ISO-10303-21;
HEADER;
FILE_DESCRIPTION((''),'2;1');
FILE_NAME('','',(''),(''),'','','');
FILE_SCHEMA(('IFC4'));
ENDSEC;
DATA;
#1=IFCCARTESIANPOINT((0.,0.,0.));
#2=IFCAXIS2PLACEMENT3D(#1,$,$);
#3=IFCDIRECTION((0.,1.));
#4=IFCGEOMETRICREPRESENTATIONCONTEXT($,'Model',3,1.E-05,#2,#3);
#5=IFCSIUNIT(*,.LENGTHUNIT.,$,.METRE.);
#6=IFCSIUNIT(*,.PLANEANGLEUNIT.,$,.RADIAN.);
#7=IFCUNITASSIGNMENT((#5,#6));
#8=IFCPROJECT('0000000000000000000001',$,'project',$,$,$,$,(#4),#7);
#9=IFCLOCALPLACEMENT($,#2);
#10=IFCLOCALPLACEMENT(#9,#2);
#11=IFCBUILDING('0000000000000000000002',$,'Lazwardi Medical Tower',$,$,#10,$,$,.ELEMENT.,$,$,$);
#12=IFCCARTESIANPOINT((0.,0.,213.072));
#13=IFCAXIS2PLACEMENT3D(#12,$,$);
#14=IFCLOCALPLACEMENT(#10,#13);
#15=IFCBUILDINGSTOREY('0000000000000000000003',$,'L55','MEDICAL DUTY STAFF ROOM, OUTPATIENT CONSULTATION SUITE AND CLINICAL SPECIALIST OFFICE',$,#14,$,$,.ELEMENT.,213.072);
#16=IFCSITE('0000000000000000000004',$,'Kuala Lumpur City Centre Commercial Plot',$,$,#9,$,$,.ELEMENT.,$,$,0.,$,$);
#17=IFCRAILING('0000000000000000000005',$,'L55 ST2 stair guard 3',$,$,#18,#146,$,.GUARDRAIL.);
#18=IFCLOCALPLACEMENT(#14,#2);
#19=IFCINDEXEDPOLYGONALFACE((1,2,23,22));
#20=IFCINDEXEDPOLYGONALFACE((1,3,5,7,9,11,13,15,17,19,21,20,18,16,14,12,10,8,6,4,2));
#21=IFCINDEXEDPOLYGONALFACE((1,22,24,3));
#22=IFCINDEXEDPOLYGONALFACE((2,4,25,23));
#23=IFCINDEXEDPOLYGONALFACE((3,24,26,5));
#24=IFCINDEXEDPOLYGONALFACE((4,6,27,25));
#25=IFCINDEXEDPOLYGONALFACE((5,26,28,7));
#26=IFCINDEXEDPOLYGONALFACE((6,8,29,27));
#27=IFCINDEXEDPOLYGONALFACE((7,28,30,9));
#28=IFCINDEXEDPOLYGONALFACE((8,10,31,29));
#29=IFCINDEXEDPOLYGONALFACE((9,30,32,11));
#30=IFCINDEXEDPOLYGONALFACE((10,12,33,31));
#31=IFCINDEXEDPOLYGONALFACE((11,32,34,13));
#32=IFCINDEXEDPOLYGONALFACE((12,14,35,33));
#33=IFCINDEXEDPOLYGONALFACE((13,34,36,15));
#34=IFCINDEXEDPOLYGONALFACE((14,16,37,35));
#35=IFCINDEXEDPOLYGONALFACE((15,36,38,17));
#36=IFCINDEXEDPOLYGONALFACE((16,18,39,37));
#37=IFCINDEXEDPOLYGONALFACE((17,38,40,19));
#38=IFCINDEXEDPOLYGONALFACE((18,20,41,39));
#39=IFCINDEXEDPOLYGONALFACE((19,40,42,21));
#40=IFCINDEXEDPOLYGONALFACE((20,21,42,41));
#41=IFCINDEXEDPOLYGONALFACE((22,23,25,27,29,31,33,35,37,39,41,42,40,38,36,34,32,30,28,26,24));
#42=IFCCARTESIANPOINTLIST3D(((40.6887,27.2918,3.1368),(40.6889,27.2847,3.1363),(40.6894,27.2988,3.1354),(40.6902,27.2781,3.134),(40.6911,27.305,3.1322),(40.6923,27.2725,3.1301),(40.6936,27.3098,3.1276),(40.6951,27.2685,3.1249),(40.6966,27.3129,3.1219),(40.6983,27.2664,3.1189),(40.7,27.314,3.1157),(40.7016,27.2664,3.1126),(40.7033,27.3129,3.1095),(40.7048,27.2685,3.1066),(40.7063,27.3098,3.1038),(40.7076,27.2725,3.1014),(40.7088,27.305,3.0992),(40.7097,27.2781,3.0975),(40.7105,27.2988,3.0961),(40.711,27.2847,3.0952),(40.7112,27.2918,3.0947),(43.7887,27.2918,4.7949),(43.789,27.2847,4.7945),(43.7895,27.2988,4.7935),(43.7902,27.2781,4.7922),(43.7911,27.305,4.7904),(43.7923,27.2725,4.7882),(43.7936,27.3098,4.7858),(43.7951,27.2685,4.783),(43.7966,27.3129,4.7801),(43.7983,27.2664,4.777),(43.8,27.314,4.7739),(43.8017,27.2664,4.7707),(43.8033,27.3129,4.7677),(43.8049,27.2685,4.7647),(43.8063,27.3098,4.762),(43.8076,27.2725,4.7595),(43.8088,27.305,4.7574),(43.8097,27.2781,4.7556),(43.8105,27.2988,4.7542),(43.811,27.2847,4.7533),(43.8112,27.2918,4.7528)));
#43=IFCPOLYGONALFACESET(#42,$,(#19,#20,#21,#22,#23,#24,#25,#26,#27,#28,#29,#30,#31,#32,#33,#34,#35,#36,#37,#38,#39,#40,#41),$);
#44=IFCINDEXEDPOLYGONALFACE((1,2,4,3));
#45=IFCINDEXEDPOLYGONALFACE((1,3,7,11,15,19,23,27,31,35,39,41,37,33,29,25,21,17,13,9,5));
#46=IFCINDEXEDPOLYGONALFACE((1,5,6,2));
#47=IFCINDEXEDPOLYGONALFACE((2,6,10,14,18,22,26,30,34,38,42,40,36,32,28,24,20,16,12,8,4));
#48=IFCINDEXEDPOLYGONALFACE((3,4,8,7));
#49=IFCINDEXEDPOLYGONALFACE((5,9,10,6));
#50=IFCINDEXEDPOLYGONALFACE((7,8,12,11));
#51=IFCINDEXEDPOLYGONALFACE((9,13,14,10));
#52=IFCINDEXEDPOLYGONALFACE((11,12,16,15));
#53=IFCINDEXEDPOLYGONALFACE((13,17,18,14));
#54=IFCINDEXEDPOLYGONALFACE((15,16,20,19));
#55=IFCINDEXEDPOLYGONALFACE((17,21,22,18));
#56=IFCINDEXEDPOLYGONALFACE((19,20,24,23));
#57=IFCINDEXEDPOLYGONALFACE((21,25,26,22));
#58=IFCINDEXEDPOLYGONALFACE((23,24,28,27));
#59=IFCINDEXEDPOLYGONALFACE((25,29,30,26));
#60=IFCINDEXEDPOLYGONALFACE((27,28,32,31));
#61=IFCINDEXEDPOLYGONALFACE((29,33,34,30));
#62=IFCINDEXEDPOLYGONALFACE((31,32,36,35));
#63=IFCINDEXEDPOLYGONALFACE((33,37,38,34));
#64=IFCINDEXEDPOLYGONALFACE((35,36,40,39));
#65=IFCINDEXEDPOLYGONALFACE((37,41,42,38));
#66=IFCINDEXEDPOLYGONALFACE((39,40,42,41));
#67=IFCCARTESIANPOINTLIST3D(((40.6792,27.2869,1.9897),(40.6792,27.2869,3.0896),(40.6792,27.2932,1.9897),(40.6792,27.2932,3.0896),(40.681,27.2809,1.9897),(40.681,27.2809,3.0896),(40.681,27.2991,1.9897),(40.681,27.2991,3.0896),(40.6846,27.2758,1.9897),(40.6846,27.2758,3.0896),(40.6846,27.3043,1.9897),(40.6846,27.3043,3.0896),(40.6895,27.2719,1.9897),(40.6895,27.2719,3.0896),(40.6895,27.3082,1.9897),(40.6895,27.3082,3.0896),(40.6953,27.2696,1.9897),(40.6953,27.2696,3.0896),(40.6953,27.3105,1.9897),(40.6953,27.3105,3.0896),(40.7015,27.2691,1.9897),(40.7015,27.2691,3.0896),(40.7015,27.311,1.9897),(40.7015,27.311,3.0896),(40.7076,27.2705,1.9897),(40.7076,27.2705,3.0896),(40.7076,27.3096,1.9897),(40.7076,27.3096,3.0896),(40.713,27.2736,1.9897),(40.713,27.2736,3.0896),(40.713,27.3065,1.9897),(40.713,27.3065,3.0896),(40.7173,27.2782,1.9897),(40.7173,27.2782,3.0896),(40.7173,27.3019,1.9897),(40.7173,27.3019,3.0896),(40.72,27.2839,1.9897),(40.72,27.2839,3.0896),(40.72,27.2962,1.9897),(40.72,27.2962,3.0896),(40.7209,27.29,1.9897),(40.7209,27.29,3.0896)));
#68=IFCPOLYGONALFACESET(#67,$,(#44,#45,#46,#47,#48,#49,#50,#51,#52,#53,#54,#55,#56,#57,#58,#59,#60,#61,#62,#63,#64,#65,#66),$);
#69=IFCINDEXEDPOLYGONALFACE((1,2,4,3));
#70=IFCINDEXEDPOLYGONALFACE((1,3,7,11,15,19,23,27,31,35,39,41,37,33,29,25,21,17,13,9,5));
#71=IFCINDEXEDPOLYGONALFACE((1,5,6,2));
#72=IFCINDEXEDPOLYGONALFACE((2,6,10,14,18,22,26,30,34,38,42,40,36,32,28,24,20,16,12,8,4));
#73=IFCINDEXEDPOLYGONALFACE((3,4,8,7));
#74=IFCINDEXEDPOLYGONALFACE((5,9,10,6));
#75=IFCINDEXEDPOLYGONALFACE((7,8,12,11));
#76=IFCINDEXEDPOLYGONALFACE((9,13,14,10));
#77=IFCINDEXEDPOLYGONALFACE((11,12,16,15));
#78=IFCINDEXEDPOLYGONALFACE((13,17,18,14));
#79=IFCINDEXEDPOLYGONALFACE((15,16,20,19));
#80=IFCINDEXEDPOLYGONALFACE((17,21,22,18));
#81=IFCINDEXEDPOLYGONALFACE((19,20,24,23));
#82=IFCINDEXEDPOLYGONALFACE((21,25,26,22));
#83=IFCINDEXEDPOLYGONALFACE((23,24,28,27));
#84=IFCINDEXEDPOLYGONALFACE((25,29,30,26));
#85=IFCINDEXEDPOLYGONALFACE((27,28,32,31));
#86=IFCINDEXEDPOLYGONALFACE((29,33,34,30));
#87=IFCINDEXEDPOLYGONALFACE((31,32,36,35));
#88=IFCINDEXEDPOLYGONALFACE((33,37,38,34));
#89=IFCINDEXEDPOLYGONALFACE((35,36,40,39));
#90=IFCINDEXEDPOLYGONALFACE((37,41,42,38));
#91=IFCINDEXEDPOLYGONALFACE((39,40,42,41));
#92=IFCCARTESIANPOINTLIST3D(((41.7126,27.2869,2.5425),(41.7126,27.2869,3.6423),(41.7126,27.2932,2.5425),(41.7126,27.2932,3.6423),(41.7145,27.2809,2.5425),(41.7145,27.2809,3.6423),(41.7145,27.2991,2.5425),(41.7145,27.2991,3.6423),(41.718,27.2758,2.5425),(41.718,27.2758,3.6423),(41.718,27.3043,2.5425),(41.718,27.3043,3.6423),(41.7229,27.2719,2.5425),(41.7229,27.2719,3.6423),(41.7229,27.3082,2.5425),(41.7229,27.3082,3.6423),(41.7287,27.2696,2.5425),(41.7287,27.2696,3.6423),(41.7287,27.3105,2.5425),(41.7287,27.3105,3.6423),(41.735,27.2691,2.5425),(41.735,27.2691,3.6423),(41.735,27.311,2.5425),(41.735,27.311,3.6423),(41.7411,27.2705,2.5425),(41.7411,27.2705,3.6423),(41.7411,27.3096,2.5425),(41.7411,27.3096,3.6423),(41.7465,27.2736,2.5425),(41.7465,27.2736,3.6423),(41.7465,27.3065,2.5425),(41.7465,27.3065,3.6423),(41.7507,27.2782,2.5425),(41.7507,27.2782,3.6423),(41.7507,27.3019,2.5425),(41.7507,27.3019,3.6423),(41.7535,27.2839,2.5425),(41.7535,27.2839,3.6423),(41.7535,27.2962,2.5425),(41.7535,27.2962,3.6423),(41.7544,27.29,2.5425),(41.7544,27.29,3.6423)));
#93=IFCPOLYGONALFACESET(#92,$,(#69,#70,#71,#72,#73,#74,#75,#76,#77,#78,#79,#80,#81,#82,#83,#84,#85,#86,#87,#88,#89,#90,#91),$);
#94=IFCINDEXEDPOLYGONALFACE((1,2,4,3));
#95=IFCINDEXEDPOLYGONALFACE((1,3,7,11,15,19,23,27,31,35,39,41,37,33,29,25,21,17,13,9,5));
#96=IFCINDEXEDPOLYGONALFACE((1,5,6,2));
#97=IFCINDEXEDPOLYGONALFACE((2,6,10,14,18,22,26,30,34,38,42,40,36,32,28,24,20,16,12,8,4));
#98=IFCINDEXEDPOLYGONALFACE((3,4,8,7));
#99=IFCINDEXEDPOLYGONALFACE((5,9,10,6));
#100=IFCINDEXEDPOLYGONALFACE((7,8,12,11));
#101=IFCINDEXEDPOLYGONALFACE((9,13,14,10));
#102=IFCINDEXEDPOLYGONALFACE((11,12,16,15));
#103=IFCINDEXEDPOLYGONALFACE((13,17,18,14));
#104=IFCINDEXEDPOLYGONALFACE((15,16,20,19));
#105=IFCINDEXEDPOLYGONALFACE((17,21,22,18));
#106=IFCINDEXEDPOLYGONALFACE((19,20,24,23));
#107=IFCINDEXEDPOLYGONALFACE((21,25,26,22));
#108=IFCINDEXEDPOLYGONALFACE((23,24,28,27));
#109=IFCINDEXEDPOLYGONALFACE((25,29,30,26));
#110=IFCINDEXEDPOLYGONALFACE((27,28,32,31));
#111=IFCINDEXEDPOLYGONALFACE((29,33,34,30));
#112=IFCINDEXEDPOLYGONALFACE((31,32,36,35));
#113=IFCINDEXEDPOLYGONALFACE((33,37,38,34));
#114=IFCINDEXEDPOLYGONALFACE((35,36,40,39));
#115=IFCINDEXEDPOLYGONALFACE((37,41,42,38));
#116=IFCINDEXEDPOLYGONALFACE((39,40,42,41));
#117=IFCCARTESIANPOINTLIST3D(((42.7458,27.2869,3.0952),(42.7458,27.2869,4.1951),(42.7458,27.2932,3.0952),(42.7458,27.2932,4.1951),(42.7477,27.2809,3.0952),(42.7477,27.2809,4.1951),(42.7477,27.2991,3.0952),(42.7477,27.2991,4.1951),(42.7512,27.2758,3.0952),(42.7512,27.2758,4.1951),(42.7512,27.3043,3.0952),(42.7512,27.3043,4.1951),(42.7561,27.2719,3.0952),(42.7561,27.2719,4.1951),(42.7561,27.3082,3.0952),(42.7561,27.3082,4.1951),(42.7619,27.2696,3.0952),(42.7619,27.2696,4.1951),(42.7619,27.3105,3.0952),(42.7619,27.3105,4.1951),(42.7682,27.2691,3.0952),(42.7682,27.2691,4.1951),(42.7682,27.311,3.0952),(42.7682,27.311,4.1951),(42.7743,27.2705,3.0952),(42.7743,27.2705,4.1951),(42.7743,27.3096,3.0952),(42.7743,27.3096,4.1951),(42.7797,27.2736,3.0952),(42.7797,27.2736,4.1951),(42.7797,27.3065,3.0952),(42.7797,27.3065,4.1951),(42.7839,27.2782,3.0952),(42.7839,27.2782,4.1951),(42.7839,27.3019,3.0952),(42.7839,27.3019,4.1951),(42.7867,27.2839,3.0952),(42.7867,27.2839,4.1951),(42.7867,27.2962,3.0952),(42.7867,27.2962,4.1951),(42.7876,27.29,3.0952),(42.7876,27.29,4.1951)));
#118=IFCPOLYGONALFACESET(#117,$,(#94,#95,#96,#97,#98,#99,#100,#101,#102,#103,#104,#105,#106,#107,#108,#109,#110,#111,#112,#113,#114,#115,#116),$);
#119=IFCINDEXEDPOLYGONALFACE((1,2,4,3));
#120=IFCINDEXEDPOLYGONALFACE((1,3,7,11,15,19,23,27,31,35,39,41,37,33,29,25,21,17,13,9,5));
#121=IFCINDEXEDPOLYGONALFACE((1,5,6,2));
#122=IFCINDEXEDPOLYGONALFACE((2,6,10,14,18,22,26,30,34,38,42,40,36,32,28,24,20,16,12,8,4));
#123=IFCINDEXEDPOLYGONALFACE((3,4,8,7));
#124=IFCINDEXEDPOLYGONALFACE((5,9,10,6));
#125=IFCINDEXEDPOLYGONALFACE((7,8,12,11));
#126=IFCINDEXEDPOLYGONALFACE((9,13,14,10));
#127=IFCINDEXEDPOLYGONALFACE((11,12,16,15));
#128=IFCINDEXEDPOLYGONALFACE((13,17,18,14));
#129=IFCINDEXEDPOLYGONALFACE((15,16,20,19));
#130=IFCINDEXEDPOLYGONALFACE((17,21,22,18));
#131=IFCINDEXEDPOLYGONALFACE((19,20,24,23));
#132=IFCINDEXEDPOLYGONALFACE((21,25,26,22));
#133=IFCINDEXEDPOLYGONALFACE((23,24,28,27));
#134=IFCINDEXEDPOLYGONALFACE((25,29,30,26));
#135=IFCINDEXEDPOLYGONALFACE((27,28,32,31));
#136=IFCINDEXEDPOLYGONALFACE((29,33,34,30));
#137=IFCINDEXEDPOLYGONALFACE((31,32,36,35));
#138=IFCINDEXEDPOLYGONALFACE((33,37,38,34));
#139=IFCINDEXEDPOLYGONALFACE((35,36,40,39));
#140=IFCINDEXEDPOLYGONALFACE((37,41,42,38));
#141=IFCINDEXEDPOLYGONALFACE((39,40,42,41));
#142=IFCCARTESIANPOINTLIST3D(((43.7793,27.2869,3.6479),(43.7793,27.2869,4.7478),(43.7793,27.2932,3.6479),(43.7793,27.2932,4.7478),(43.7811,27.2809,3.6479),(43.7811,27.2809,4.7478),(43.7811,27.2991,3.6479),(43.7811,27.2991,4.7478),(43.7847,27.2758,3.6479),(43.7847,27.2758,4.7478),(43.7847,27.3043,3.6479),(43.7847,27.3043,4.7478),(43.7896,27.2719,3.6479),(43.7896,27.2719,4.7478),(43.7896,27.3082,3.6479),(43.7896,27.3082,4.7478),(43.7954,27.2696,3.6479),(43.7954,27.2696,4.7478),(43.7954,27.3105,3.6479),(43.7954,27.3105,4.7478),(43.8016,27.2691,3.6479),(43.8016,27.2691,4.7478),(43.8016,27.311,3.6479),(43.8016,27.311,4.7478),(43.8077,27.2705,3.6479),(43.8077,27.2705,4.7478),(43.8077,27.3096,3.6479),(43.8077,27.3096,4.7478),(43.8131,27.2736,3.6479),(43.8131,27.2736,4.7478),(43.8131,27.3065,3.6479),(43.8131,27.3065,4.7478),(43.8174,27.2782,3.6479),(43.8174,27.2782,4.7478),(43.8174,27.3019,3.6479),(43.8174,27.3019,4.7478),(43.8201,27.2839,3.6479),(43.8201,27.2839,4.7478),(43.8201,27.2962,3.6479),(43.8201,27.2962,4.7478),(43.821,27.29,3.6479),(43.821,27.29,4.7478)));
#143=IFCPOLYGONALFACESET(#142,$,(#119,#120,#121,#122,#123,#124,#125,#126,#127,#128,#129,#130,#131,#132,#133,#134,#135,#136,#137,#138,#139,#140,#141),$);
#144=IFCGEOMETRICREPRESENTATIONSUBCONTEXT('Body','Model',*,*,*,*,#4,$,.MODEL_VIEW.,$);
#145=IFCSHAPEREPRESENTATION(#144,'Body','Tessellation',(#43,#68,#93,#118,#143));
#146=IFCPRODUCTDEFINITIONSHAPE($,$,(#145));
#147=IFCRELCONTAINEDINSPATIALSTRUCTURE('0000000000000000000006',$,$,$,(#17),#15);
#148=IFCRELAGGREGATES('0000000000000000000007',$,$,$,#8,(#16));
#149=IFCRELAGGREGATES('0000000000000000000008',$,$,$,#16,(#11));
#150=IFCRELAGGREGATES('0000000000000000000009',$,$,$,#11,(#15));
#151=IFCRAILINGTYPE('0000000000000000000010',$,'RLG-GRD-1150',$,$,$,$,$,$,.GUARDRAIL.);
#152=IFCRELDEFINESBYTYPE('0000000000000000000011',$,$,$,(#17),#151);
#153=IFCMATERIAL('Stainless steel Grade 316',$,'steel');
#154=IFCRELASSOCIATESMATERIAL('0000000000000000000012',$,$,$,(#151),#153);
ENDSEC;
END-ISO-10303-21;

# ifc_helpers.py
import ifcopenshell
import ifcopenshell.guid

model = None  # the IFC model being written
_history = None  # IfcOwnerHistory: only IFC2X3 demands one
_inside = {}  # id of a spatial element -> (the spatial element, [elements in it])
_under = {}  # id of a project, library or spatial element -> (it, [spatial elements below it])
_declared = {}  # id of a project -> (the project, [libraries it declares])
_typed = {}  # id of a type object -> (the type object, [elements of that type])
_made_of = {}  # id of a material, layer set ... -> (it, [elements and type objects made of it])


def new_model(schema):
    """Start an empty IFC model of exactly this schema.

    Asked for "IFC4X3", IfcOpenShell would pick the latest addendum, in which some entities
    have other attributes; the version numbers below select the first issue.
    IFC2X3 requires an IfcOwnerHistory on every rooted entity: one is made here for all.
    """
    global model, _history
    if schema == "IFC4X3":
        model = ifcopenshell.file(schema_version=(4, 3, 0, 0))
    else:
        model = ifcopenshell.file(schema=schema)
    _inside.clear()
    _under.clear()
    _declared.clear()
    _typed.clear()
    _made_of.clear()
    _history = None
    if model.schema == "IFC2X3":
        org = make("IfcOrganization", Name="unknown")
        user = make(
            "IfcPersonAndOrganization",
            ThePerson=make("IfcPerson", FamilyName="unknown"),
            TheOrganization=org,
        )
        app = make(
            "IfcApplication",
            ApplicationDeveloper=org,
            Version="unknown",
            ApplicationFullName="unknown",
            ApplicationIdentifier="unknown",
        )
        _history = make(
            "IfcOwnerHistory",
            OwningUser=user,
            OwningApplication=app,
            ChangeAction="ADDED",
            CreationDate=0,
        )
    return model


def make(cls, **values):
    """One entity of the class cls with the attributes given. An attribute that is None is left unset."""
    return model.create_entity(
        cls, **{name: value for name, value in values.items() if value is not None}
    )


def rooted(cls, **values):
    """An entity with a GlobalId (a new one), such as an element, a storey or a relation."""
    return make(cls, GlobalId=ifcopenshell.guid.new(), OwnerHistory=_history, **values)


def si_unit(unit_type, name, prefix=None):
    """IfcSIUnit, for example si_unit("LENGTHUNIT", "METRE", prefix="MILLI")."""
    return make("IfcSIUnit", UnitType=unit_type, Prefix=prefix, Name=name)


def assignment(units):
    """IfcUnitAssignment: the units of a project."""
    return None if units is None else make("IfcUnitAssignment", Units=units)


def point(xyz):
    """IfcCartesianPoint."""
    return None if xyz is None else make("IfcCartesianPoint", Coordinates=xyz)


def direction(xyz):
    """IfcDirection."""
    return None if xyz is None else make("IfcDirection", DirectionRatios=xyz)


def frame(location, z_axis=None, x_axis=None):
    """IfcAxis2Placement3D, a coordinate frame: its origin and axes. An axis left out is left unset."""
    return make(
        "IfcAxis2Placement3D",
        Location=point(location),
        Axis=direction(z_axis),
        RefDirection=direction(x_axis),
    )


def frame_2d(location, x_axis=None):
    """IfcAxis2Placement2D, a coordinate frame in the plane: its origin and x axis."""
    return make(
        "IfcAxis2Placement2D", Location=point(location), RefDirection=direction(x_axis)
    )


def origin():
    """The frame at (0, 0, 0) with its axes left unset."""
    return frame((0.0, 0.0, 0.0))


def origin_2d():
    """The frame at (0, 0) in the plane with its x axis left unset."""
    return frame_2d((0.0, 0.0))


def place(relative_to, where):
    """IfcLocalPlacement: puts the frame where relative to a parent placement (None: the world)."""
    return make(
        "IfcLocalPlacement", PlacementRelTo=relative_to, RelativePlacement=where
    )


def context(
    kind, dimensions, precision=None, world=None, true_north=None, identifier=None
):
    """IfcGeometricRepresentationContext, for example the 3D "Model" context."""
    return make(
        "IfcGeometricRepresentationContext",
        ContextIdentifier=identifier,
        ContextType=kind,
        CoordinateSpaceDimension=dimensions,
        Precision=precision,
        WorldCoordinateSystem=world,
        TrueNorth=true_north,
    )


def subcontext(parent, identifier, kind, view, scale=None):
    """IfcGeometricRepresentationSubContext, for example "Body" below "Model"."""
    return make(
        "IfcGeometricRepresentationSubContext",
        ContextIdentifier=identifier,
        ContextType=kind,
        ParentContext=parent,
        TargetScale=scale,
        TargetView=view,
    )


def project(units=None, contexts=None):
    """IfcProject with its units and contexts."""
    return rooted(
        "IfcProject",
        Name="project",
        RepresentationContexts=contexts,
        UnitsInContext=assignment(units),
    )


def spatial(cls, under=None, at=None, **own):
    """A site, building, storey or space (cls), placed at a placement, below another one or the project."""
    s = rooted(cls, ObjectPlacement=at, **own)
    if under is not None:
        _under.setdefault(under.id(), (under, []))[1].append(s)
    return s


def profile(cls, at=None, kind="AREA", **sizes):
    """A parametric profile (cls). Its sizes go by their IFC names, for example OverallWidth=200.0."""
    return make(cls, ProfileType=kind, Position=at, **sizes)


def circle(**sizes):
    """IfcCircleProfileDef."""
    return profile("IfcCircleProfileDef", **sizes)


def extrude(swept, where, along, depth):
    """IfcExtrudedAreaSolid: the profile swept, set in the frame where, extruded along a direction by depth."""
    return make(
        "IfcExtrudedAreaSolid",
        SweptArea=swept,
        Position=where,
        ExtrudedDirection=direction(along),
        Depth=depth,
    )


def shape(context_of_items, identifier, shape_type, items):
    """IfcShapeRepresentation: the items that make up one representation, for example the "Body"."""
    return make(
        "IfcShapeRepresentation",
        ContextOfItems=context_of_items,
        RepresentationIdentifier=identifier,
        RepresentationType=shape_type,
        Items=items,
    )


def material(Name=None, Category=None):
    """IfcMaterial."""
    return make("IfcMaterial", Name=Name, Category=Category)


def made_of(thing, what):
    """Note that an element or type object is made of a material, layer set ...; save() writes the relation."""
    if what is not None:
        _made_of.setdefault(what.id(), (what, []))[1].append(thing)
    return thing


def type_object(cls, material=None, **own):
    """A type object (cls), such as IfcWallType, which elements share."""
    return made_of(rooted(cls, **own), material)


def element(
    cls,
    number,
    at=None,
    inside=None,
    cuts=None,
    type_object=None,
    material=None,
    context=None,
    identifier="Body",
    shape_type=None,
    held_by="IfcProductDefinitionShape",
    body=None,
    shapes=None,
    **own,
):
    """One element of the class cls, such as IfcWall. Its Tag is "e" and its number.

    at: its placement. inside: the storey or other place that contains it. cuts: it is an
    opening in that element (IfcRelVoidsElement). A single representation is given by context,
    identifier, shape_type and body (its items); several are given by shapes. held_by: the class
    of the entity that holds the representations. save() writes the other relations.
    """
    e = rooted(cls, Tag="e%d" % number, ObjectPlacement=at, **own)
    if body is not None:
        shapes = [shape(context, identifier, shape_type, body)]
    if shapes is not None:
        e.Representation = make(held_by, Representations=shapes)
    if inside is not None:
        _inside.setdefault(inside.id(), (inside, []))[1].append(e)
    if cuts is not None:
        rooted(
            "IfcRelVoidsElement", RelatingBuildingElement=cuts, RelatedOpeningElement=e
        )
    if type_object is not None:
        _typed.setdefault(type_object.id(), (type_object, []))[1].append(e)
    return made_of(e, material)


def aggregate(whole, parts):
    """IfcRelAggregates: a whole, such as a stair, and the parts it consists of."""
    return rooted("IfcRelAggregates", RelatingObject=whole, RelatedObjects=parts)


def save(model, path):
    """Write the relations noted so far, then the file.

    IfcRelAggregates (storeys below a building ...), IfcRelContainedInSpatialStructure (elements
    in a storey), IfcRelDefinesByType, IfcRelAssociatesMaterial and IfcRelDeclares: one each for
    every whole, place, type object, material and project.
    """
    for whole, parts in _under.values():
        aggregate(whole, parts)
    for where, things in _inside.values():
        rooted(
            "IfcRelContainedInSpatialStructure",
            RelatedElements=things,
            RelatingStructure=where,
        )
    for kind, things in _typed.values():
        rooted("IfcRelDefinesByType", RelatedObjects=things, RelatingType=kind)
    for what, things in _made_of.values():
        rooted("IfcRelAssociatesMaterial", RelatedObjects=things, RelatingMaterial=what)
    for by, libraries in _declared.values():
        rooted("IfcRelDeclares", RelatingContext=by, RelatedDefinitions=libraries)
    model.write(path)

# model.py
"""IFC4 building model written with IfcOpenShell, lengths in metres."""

from ifc_helpers import new_model, si_unit, direction, frame, origin, origin_2d, place, context, subcontext, project, spatial, circle, extrude, material, type_object, element, save


model = new_model("IFC4")

# Units and contexts
model_context = context("Model", 3, precision=1e-05, world=origin(), true_north=direction((0.0, 1.0)))
body_context = subcontext(model_context, "Body", "Model", "MODEL_VIEW")
ifc_project = project(units=[si_unit("LENGTHUNIT", "METRE"), si_unit("PLANEANGLEUNIT", "RADIAN")], contexts=[model_context])

# Site, building, storey
site_placement = place(None, origin())
site = spatial("IfcSite", under=ifc_project, at=site_placement, Name="Kuala Lumpur City Centre Commercial Plot", CompositionType="ELEMENT", RefElevation=0.0)
building_placement = place(site_placement, origin())
building = spatial("IfcBuilding", under=site, at=building_placement, Name="Lazwardi Medical Tower", CompositionType="ELEMENT")
storey_placement = place(building_placement, frame((0.0, 0.0, 213.072)))
storey = spatial("IfcBuildingStorey", under=building, at=storey_placement, Name="L55", Description="MEDICAL DUTY STAFF ROOM, OUTPATIENT CONSULTATION SUITE AND CLINICAL SPECIALIST OFFICE", CompositionType="ELEMENT", Elevation=213.072)

# Railing
ifc_material_1 = material(Name="Stainless steel Grade 316", Category="steel")
railing_type_1 = type_object("IfcRailingType", Name="RLG-GRD-1150", PredefinedType="GUARDRAIL", material=ifc_material_1)
railing_1_placement = place(storey_placement, frame((40.7, 27.29, 1.9897)))
element("IfcRailing", 1, at=railing_1_placement, inside=storey, type_object=railing_type_1, Name="L55 ST2 stair guard 3", PredefinedType="GUARDRAIL", context=body_context, shape_type="SweptSolid", body=[
    extrude(circle(Radius=0.0239, at=origin_2d()), frame((0.0, 0.0, 1.126), z_axis=(0.881783, 0.0, 0.471655), x_axis=(0.0, 1.0, 0.0)), (0.0, 0.0, 1.0), 3.5156),
    extrude(circle(Radius=0.021, at=origin_2d()), origin(), (0.0, 0.0, 1.0), 1.0999),
    extrude(circle(Radius=0.021, at=origin_2d()), frame((1.0334, 0.0, 0.5527)), (0.0, 0.0, 1.0), 1.0999),
    extrude(circle(Radius=0.021, at=origin_2d()), frame((2.0667, 0.0, 1.1055)), (0.0, 0.0, 1.0), 1.0999),
    extrude(circle(Radius=0.021, at=origin_2d()), frame((3.1001, 0.0, 1.6582)), (0.0, 0.0, 1.0), 1.0999),
])

save(model, "model.ifc")
